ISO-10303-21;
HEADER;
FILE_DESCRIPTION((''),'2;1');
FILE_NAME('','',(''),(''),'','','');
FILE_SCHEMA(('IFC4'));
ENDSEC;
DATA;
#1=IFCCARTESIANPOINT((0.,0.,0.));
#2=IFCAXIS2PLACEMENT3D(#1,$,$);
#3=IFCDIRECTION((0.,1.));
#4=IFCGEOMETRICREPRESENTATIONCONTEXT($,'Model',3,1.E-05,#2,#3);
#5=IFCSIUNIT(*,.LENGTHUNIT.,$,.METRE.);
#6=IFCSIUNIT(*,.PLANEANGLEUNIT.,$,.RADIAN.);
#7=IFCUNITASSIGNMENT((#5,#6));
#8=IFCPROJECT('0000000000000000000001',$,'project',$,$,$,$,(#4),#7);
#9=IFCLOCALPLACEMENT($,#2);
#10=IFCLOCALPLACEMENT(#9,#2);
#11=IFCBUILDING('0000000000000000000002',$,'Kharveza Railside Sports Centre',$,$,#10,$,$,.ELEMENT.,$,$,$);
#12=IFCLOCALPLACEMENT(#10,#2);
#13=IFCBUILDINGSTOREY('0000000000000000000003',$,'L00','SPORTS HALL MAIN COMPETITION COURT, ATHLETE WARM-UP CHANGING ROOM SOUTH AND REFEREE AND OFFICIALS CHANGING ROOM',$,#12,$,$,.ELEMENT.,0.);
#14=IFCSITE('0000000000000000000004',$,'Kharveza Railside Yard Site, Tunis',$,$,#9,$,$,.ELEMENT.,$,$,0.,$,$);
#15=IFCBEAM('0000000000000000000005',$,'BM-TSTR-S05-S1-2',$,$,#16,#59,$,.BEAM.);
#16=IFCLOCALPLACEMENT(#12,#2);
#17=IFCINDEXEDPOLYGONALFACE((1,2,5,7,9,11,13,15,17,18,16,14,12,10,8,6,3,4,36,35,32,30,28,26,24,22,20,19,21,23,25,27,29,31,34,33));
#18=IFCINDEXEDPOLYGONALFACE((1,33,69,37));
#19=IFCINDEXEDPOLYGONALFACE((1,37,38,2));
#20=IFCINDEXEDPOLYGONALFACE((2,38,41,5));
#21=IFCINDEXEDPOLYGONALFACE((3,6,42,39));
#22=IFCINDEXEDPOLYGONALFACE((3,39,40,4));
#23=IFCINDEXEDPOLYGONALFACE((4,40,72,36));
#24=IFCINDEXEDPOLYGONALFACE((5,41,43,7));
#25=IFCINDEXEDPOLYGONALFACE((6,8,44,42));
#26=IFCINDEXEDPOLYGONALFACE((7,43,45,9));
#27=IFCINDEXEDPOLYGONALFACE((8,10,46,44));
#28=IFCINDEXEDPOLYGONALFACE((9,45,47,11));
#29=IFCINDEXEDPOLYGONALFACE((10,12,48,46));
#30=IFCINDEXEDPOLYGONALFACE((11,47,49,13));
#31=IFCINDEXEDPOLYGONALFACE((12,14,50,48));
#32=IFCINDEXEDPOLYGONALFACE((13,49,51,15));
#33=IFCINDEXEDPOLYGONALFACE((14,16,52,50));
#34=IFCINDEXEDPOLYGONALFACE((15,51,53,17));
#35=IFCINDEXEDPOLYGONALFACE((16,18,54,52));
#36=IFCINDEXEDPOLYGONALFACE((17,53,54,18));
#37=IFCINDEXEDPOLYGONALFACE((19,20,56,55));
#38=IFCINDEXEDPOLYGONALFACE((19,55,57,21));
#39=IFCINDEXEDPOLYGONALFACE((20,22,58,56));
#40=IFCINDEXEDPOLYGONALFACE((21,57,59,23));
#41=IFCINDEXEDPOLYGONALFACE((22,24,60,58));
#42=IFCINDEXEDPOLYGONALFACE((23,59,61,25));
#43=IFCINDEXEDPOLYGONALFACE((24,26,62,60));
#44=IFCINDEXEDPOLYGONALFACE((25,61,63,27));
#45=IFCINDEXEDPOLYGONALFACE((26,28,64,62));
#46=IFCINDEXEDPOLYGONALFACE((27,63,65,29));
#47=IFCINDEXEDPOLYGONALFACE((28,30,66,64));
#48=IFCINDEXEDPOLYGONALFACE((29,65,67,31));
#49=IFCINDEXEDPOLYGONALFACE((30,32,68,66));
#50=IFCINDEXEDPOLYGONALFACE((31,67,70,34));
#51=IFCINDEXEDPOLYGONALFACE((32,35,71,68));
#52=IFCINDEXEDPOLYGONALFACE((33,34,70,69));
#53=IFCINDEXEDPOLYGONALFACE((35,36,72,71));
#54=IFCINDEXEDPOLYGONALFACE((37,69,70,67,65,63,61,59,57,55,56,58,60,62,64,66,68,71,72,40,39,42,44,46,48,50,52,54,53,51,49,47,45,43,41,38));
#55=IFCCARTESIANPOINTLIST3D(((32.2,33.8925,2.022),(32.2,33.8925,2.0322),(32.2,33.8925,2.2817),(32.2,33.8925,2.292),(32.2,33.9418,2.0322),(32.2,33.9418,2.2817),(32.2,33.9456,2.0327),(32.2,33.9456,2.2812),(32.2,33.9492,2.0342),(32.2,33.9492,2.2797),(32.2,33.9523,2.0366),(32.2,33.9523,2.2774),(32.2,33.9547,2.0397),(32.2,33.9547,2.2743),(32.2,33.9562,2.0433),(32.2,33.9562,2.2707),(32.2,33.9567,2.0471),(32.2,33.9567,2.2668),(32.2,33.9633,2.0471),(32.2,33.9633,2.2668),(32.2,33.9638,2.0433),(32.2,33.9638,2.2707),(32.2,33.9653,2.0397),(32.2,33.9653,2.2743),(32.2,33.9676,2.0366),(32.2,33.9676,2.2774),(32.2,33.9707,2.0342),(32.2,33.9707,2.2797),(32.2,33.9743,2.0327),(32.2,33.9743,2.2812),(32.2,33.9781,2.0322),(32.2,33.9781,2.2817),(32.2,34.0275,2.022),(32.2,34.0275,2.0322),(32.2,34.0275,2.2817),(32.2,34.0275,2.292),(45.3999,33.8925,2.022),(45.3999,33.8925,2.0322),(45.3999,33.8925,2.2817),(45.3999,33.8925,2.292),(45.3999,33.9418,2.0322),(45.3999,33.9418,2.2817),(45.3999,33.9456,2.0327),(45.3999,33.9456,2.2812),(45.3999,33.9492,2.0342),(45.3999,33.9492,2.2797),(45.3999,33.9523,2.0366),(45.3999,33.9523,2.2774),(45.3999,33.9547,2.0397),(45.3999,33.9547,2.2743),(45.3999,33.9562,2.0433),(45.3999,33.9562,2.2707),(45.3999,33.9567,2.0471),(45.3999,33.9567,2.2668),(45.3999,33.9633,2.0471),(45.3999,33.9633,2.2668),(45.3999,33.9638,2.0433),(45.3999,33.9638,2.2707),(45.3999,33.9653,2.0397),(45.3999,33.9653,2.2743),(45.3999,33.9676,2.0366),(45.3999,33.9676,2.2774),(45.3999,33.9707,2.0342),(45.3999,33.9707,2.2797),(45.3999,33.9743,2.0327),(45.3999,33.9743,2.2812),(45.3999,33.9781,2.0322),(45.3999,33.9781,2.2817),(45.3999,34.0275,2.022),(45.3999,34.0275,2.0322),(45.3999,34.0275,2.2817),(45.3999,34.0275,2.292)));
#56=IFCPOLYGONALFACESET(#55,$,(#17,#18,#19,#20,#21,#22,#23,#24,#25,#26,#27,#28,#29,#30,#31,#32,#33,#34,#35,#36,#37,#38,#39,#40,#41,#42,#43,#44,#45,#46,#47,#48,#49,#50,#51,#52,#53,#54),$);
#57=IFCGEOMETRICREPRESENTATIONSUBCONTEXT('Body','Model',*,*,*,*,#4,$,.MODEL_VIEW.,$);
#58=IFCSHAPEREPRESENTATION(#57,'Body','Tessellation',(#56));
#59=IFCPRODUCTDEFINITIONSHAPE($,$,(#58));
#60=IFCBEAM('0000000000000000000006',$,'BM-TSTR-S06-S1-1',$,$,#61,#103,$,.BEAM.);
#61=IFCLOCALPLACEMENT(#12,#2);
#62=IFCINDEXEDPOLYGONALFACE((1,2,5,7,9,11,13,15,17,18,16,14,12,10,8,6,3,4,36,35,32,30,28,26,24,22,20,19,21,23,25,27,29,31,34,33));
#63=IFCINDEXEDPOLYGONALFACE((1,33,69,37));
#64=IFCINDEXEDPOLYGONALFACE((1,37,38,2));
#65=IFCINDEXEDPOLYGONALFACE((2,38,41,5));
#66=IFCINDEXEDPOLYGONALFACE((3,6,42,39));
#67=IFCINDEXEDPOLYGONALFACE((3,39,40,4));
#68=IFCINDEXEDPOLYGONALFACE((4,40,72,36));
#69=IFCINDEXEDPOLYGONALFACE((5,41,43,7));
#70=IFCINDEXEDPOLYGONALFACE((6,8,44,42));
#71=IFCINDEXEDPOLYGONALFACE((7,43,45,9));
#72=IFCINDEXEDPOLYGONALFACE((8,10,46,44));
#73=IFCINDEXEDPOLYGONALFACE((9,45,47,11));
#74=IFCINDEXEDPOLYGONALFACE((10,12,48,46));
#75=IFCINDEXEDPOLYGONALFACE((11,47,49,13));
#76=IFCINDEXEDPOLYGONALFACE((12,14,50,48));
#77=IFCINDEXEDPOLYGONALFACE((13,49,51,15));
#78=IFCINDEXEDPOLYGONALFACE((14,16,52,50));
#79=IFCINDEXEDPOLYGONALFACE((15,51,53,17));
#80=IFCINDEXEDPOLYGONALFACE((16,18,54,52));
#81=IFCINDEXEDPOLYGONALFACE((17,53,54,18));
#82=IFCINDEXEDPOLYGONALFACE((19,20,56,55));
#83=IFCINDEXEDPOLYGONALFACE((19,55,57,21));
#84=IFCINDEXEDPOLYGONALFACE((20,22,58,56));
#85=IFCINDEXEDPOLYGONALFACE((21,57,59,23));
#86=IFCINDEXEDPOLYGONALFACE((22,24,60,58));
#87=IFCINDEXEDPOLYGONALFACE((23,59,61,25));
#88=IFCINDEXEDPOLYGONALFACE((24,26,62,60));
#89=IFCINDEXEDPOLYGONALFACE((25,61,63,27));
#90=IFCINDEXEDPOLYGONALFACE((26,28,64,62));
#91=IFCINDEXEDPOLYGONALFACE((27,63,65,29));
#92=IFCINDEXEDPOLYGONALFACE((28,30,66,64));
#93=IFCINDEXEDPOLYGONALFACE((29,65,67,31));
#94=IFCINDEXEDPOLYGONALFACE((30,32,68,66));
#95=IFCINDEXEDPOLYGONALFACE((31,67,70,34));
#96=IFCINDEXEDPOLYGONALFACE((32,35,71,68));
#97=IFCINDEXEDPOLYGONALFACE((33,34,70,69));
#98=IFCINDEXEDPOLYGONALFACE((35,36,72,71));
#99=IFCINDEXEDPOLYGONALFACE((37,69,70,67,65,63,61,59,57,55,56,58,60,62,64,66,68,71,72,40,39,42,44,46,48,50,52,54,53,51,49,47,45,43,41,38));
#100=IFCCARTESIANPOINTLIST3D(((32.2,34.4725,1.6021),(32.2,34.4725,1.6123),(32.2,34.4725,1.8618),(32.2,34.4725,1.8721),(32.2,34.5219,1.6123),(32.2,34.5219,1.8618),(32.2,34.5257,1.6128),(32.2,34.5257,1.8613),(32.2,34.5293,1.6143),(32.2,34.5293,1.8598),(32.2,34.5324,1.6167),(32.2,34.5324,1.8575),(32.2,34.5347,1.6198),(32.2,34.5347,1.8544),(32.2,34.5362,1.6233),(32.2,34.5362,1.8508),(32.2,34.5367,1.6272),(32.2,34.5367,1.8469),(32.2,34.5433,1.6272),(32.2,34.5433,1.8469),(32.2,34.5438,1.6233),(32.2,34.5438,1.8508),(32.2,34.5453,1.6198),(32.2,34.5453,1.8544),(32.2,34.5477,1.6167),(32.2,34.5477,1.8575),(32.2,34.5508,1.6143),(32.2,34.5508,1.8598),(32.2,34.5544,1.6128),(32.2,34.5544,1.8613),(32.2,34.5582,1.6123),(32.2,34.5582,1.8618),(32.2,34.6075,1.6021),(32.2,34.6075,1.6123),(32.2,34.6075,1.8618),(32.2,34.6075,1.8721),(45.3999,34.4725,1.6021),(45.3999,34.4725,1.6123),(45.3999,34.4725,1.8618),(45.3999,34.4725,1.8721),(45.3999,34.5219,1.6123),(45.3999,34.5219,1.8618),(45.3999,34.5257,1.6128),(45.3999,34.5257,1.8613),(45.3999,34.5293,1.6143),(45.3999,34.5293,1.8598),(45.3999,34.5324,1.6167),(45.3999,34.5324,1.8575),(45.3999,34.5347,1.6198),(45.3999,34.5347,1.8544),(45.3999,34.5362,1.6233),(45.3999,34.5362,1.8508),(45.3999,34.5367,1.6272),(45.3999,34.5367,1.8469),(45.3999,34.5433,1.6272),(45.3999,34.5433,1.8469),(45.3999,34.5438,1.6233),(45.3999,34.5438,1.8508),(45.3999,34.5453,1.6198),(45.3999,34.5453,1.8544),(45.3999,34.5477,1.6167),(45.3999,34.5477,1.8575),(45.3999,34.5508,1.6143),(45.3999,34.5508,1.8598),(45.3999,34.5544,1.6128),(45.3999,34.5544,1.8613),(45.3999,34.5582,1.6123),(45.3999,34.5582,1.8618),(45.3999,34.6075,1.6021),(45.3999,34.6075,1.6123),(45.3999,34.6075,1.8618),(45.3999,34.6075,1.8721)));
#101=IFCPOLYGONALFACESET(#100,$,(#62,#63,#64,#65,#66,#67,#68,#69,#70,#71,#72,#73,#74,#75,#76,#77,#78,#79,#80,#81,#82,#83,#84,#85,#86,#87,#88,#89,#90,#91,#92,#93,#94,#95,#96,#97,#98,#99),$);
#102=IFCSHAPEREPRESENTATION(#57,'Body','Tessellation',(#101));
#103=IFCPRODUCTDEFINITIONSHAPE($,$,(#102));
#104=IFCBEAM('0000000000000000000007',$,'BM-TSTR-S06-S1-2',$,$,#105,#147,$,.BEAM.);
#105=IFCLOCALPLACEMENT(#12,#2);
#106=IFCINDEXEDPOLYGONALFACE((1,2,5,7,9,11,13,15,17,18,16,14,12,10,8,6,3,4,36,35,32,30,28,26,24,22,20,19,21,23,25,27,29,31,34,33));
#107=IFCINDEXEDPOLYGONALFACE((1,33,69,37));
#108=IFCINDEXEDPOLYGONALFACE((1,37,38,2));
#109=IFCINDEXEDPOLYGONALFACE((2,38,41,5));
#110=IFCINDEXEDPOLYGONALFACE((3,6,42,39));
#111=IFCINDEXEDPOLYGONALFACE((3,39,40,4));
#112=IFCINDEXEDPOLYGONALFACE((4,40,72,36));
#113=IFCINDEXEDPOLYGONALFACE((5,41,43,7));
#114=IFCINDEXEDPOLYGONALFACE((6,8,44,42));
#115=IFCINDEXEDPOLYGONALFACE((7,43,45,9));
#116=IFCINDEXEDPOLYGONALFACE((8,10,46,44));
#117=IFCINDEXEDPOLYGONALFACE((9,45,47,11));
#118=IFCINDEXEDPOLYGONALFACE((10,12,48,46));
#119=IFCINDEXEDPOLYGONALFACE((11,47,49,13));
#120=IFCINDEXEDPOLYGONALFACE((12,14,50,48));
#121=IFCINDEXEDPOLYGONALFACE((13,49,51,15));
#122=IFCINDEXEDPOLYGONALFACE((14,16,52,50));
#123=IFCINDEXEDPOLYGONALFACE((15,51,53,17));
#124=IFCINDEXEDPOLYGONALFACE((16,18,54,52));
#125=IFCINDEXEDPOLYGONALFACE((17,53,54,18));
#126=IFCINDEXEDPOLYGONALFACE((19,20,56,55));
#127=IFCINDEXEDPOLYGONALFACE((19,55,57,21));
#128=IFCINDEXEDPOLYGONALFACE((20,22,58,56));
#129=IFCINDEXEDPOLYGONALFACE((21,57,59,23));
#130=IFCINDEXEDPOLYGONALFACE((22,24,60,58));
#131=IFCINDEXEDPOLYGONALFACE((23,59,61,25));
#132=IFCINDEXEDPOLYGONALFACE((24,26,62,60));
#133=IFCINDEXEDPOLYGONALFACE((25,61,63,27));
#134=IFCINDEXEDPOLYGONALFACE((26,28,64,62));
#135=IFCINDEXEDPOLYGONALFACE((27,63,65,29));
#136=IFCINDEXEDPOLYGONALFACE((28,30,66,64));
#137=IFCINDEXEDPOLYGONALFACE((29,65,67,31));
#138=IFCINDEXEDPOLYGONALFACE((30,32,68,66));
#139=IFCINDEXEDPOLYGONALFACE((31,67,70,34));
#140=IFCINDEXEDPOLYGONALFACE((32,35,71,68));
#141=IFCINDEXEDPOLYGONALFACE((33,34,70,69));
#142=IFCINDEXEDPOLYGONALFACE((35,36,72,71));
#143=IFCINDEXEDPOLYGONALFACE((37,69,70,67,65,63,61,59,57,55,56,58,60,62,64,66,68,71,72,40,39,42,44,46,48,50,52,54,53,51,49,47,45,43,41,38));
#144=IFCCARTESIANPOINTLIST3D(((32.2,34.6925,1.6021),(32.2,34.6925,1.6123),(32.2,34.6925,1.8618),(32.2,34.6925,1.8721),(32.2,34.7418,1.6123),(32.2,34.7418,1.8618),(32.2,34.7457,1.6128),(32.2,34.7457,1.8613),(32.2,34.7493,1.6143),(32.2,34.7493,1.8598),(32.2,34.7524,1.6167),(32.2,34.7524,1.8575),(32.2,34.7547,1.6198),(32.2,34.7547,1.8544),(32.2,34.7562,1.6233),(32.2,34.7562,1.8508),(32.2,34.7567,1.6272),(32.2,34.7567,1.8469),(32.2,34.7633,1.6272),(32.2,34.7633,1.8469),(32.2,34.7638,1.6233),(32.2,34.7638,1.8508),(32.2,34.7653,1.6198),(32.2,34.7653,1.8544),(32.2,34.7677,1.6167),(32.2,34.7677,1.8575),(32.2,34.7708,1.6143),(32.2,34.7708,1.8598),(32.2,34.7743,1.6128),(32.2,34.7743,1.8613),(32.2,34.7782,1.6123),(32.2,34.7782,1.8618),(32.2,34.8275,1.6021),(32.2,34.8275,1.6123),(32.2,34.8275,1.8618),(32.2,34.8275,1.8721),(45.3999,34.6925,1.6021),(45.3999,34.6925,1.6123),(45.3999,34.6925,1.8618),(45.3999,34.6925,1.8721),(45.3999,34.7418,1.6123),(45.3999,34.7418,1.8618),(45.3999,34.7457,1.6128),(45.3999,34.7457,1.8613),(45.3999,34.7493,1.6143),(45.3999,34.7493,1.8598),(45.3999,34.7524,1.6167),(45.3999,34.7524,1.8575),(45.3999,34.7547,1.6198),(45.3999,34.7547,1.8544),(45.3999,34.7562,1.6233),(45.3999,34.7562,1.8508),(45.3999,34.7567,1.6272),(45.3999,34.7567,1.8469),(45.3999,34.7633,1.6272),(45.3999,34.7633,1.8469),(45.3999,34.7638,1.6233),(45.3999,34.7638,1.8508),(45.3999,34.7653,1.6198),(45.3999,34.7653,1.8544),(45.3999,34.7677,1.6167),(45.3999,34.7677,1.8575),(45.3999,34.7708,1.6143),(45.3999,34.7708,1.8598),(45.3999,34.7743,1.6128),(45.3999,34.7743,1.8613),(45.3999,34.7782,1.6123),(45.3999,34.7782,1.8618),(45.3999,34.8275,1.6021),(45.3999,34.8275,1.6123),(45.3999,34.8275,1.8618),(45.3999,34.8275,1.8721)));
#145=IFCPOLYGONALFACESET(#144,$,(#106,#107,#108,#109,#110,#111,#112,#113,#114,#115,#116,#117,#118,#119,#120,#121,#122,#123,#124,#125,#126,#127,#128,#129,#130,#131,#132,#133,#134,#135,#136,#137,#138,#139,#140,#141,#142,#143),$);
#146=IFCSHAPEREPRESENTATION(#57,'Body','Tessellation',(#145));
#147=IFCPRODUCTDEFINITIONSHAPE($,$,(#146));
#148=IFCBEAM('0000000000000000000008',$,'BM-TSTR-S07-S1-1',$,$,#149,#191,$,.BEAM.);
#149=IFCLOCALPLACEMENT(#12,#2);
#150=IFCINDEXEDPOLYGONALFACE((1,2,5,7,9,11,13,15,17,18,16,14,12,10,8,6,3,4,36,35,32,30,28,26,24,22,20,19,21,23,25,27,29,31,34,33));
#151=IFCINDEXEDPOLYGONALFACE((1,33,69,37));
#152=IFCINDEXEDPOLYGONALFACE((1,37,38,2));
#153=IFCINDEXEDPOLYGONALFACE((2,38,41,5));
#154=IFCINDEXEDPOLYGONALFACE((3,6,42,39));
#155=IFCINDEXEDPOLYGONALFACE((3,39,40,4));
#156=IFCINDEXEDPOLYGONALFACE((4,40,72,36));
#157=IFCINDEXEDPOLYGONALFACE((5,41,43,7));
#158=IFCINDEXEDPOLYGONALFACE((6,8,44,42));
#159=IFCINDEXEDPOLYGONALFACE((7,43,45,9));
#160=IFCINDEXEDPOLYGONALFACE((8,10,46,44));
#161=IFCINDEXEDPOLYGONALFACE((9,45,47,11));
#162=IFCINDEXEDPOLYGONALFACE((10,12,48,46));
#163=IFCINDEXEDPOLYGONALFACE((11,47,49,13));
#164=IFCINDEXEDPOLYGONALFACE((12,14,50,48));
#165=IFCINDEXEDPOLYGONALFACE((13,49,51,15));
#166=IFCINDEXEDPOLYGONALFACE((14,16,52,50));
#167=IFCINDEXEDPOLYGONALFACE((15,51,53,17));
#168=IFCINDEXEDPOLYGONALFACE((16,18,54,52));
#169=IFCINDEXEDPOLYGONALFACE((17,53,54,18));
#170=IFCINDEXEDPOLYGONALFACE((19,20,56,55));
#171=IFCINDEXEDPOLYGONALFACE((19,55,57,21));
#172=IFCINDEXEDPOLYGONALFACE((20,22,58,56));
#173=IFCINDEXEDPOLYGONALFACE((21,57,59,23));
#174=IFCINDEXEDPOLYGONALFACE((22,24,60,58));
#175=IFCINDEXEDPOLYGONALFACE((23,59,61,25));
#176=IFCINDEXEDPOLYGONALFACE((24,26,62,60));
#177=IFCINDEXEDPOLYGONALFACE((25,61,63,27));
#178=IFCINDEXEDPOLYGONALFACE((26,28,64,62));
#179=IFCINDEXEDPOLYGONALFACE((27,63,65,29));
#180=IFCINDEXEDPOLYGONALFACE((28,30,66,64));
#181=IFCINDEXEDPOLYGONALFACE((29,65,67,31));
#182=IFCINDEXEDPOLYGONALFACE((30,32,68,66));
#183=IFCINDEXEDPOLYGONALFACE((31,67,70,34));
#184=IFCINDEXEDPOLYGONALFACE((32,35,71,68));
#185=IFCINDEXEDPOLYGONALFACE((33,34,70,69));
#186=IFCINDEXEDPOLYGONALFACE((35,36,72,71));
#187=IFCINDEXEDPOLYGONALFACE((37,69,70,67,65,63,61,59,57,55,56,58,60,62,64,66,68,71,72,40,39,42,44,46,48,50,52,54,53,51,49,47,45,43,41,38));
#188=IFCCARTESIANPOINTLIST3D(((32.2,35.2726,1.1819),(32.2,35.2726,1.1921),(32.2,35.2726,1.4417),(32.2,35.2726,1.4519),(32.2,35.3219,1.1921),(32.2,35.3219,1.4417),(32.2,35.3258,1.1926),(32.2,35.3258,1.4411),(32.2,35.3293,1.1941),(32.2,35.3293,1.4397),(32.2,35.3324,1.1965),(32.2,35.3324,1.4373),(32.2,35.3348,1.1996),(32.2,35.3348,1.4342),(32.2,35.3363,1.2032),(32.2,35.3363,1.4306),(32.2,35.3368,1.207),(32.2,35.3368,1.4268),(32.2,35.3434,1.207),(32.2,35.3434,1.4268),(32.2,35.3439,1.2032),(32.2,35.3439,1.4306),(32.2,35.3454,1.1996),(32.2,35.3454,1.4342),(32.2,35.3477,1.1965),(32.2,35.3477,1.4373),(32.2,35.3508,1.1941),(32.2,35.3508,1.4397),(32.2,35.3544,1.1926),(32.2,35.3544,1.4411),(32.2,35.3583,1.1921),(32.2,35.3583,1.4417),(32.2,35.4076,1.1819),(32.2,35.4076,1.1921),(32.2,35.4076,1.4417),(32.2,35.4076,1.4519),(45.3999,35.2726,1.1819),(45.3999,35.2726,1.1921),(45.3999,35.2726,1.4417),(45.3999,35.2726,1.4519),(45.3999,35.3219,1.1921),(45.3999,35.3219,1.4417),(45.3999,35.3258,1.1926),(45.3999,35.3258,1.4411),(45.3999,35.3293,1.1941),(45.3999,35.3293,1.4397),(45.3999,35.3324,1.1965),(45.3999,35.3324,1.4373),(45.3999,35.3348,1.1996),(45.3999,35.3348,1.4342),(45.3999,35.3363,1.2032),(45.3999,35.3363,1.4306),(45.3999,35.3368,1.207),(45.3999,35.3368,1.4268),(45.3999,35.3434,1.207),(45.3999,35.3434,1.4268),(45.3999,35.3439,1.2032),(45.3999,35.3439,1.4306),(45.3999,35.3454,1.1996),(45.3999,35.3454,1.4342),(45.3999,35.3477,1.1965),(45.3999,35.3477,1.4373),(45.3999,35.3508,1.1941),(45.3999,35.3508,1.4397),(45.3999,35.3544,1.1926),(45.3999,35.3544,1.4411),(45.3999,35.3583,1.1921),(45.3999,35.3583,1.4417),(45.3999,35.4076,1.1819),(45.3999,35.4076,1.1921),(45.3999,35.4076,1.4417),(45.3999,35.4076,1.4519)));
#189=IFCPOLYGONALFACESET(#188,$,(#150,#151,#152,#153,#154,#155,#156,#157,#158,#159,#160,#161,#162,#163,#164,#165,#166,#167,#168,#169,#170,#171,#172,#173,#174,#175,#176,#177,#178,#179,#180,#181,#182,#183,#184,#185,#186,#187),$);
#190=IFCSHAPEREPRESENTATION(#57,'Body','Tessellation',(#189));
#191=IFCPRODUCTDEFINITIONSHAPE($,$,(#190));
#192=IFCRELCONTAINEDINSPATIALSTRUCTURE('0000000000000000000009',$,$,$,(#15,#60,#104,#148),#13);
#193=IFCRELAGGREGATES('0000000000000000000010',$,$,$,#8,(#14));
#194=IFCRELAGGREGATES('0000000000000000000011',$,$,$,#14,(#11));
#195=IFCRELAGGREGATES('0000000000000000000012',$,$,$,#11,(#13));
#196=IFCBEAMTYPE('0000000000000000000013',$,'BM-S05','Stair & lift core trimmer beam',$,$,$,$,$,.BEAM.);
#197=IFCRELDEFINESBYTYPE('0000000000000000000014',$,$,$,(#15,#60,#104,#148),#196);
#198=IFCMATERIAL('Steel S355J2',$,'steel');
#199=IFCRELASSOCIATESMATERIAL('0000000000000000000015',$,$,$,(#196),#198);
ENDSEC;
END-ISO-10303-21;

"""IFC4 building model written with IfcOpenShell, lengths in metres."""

from ifc_helpers import new_model, si_unit, direction, frame, origin, origin_2d, place, context, subcontext, project, spatial, i_section, extrude, material, material_profile, profile_set, type_object, element, save


model = new_model("IFC4")

# Units and contexts
model_context = context("Model", 3, precision=1e-05, world=origin(), true_north=direction((0.0, 1.0)))
body_context = subcontext(model_context, "Body", "Model", "MODEL_VIEW")
ifc_project = project(units=[si_unit("LENGTHUNIT", "METRE"), si_unit("PLANEANGLEUNIT", "RADIAN")], contexts=[model_context])

# Site, building, storey
site_placement = place(None, origin())
site = spatial("IfcSite", under=ifc_project, at=site_placement, Name="Kharveza Railside Yard Site, Tunis", CompositionType="ELEMENT", RefElevation=0.0)
building_placement = place(site_placement, origin())
building = spatial("IfcBuilding", under=site, at=building_placement, Name="Kharveza Railside Sports Centre", CompositionType="ELEMENT")
storey_placement = place(building_placement, origin())
storey = spatial("IfcBuildingStorey", under=building, at=storey_placement, Name="L00", Description="SPORTS HALL MAIN COMPETITION COURT, ATHLETE WARM-UP CHANGING ROOM SOUTH AND REFEREE AND OFFICIALS CHANGING ROOM", CompositionType="ELEMENT", Elevation=0.0)

# Shared definitions
ifc_material_1 = material(Name="Steel S355J2", Category="steel")

# Beams
ifc_material_profile_1 = material_profile(ifc_material_1, i_section(OverallWidth=0.135, OverallDepth=0.27, WebThickness=0.0066, FlangeThickness=0.0103, FilletRadius=0.0149, at=origin_2d()), Name="IPE 270")
ifc_profile_set_1 = profile_set([ifc_material_profile_1], Name="Steel S355J2")
beam_type_1 = type_object("IfcBeamType", Name="BM-S05", Description="Stair & lift core trimmer beam", PredefinedType="BEAM", material=ifc_profile_set_1)
for number, where, z_axis, x_axis, name in (
    (1, (32.2, 33.96, 2.157), (1.0, 0.0, 0.0), (0.0, 1.0, 0.0), "BM-TSTR-S05-S1-2"),
    (2, (32.2, 34.54, 1.7371), (1.0, 0.0, 0.0), (0.0, 1.0, 0.0), "BM-TSTR-S06-S1-1"),
    (3, (32.2, 34.76, 1.7371), (1.0, 0.0, 0.0), (0.0, 1.0, 0.0), "BM-TSTR-S06-S1-2"),
    (4, (32.2, 35.3401, 1.3169), (1.0, 0.0, 0.0), (0.0, 1.0, 0.0), "BM-TSTR-S07-S1-1"),
):
    element("IfcBeam", number, at=place(storey_placement, frame(where, z_axis=z_axis, x_axis=x_axis)), inside=storey, type_object=beam_type_1, Name=name, PredefinedType="BEAM", context=body_context, shape_type="SweptSolid", body=[
        extrude(i_section(OverallWidth=0.135, OverallDepth=0.27, WebThickness=0.0066, FlangeThickness=0.0103, FilletRadius=0.0149, at=origin_2d()), origin(), (0.0, 0.0, 1.0), 13.2),
    ])

save(model, "model.ifc")
